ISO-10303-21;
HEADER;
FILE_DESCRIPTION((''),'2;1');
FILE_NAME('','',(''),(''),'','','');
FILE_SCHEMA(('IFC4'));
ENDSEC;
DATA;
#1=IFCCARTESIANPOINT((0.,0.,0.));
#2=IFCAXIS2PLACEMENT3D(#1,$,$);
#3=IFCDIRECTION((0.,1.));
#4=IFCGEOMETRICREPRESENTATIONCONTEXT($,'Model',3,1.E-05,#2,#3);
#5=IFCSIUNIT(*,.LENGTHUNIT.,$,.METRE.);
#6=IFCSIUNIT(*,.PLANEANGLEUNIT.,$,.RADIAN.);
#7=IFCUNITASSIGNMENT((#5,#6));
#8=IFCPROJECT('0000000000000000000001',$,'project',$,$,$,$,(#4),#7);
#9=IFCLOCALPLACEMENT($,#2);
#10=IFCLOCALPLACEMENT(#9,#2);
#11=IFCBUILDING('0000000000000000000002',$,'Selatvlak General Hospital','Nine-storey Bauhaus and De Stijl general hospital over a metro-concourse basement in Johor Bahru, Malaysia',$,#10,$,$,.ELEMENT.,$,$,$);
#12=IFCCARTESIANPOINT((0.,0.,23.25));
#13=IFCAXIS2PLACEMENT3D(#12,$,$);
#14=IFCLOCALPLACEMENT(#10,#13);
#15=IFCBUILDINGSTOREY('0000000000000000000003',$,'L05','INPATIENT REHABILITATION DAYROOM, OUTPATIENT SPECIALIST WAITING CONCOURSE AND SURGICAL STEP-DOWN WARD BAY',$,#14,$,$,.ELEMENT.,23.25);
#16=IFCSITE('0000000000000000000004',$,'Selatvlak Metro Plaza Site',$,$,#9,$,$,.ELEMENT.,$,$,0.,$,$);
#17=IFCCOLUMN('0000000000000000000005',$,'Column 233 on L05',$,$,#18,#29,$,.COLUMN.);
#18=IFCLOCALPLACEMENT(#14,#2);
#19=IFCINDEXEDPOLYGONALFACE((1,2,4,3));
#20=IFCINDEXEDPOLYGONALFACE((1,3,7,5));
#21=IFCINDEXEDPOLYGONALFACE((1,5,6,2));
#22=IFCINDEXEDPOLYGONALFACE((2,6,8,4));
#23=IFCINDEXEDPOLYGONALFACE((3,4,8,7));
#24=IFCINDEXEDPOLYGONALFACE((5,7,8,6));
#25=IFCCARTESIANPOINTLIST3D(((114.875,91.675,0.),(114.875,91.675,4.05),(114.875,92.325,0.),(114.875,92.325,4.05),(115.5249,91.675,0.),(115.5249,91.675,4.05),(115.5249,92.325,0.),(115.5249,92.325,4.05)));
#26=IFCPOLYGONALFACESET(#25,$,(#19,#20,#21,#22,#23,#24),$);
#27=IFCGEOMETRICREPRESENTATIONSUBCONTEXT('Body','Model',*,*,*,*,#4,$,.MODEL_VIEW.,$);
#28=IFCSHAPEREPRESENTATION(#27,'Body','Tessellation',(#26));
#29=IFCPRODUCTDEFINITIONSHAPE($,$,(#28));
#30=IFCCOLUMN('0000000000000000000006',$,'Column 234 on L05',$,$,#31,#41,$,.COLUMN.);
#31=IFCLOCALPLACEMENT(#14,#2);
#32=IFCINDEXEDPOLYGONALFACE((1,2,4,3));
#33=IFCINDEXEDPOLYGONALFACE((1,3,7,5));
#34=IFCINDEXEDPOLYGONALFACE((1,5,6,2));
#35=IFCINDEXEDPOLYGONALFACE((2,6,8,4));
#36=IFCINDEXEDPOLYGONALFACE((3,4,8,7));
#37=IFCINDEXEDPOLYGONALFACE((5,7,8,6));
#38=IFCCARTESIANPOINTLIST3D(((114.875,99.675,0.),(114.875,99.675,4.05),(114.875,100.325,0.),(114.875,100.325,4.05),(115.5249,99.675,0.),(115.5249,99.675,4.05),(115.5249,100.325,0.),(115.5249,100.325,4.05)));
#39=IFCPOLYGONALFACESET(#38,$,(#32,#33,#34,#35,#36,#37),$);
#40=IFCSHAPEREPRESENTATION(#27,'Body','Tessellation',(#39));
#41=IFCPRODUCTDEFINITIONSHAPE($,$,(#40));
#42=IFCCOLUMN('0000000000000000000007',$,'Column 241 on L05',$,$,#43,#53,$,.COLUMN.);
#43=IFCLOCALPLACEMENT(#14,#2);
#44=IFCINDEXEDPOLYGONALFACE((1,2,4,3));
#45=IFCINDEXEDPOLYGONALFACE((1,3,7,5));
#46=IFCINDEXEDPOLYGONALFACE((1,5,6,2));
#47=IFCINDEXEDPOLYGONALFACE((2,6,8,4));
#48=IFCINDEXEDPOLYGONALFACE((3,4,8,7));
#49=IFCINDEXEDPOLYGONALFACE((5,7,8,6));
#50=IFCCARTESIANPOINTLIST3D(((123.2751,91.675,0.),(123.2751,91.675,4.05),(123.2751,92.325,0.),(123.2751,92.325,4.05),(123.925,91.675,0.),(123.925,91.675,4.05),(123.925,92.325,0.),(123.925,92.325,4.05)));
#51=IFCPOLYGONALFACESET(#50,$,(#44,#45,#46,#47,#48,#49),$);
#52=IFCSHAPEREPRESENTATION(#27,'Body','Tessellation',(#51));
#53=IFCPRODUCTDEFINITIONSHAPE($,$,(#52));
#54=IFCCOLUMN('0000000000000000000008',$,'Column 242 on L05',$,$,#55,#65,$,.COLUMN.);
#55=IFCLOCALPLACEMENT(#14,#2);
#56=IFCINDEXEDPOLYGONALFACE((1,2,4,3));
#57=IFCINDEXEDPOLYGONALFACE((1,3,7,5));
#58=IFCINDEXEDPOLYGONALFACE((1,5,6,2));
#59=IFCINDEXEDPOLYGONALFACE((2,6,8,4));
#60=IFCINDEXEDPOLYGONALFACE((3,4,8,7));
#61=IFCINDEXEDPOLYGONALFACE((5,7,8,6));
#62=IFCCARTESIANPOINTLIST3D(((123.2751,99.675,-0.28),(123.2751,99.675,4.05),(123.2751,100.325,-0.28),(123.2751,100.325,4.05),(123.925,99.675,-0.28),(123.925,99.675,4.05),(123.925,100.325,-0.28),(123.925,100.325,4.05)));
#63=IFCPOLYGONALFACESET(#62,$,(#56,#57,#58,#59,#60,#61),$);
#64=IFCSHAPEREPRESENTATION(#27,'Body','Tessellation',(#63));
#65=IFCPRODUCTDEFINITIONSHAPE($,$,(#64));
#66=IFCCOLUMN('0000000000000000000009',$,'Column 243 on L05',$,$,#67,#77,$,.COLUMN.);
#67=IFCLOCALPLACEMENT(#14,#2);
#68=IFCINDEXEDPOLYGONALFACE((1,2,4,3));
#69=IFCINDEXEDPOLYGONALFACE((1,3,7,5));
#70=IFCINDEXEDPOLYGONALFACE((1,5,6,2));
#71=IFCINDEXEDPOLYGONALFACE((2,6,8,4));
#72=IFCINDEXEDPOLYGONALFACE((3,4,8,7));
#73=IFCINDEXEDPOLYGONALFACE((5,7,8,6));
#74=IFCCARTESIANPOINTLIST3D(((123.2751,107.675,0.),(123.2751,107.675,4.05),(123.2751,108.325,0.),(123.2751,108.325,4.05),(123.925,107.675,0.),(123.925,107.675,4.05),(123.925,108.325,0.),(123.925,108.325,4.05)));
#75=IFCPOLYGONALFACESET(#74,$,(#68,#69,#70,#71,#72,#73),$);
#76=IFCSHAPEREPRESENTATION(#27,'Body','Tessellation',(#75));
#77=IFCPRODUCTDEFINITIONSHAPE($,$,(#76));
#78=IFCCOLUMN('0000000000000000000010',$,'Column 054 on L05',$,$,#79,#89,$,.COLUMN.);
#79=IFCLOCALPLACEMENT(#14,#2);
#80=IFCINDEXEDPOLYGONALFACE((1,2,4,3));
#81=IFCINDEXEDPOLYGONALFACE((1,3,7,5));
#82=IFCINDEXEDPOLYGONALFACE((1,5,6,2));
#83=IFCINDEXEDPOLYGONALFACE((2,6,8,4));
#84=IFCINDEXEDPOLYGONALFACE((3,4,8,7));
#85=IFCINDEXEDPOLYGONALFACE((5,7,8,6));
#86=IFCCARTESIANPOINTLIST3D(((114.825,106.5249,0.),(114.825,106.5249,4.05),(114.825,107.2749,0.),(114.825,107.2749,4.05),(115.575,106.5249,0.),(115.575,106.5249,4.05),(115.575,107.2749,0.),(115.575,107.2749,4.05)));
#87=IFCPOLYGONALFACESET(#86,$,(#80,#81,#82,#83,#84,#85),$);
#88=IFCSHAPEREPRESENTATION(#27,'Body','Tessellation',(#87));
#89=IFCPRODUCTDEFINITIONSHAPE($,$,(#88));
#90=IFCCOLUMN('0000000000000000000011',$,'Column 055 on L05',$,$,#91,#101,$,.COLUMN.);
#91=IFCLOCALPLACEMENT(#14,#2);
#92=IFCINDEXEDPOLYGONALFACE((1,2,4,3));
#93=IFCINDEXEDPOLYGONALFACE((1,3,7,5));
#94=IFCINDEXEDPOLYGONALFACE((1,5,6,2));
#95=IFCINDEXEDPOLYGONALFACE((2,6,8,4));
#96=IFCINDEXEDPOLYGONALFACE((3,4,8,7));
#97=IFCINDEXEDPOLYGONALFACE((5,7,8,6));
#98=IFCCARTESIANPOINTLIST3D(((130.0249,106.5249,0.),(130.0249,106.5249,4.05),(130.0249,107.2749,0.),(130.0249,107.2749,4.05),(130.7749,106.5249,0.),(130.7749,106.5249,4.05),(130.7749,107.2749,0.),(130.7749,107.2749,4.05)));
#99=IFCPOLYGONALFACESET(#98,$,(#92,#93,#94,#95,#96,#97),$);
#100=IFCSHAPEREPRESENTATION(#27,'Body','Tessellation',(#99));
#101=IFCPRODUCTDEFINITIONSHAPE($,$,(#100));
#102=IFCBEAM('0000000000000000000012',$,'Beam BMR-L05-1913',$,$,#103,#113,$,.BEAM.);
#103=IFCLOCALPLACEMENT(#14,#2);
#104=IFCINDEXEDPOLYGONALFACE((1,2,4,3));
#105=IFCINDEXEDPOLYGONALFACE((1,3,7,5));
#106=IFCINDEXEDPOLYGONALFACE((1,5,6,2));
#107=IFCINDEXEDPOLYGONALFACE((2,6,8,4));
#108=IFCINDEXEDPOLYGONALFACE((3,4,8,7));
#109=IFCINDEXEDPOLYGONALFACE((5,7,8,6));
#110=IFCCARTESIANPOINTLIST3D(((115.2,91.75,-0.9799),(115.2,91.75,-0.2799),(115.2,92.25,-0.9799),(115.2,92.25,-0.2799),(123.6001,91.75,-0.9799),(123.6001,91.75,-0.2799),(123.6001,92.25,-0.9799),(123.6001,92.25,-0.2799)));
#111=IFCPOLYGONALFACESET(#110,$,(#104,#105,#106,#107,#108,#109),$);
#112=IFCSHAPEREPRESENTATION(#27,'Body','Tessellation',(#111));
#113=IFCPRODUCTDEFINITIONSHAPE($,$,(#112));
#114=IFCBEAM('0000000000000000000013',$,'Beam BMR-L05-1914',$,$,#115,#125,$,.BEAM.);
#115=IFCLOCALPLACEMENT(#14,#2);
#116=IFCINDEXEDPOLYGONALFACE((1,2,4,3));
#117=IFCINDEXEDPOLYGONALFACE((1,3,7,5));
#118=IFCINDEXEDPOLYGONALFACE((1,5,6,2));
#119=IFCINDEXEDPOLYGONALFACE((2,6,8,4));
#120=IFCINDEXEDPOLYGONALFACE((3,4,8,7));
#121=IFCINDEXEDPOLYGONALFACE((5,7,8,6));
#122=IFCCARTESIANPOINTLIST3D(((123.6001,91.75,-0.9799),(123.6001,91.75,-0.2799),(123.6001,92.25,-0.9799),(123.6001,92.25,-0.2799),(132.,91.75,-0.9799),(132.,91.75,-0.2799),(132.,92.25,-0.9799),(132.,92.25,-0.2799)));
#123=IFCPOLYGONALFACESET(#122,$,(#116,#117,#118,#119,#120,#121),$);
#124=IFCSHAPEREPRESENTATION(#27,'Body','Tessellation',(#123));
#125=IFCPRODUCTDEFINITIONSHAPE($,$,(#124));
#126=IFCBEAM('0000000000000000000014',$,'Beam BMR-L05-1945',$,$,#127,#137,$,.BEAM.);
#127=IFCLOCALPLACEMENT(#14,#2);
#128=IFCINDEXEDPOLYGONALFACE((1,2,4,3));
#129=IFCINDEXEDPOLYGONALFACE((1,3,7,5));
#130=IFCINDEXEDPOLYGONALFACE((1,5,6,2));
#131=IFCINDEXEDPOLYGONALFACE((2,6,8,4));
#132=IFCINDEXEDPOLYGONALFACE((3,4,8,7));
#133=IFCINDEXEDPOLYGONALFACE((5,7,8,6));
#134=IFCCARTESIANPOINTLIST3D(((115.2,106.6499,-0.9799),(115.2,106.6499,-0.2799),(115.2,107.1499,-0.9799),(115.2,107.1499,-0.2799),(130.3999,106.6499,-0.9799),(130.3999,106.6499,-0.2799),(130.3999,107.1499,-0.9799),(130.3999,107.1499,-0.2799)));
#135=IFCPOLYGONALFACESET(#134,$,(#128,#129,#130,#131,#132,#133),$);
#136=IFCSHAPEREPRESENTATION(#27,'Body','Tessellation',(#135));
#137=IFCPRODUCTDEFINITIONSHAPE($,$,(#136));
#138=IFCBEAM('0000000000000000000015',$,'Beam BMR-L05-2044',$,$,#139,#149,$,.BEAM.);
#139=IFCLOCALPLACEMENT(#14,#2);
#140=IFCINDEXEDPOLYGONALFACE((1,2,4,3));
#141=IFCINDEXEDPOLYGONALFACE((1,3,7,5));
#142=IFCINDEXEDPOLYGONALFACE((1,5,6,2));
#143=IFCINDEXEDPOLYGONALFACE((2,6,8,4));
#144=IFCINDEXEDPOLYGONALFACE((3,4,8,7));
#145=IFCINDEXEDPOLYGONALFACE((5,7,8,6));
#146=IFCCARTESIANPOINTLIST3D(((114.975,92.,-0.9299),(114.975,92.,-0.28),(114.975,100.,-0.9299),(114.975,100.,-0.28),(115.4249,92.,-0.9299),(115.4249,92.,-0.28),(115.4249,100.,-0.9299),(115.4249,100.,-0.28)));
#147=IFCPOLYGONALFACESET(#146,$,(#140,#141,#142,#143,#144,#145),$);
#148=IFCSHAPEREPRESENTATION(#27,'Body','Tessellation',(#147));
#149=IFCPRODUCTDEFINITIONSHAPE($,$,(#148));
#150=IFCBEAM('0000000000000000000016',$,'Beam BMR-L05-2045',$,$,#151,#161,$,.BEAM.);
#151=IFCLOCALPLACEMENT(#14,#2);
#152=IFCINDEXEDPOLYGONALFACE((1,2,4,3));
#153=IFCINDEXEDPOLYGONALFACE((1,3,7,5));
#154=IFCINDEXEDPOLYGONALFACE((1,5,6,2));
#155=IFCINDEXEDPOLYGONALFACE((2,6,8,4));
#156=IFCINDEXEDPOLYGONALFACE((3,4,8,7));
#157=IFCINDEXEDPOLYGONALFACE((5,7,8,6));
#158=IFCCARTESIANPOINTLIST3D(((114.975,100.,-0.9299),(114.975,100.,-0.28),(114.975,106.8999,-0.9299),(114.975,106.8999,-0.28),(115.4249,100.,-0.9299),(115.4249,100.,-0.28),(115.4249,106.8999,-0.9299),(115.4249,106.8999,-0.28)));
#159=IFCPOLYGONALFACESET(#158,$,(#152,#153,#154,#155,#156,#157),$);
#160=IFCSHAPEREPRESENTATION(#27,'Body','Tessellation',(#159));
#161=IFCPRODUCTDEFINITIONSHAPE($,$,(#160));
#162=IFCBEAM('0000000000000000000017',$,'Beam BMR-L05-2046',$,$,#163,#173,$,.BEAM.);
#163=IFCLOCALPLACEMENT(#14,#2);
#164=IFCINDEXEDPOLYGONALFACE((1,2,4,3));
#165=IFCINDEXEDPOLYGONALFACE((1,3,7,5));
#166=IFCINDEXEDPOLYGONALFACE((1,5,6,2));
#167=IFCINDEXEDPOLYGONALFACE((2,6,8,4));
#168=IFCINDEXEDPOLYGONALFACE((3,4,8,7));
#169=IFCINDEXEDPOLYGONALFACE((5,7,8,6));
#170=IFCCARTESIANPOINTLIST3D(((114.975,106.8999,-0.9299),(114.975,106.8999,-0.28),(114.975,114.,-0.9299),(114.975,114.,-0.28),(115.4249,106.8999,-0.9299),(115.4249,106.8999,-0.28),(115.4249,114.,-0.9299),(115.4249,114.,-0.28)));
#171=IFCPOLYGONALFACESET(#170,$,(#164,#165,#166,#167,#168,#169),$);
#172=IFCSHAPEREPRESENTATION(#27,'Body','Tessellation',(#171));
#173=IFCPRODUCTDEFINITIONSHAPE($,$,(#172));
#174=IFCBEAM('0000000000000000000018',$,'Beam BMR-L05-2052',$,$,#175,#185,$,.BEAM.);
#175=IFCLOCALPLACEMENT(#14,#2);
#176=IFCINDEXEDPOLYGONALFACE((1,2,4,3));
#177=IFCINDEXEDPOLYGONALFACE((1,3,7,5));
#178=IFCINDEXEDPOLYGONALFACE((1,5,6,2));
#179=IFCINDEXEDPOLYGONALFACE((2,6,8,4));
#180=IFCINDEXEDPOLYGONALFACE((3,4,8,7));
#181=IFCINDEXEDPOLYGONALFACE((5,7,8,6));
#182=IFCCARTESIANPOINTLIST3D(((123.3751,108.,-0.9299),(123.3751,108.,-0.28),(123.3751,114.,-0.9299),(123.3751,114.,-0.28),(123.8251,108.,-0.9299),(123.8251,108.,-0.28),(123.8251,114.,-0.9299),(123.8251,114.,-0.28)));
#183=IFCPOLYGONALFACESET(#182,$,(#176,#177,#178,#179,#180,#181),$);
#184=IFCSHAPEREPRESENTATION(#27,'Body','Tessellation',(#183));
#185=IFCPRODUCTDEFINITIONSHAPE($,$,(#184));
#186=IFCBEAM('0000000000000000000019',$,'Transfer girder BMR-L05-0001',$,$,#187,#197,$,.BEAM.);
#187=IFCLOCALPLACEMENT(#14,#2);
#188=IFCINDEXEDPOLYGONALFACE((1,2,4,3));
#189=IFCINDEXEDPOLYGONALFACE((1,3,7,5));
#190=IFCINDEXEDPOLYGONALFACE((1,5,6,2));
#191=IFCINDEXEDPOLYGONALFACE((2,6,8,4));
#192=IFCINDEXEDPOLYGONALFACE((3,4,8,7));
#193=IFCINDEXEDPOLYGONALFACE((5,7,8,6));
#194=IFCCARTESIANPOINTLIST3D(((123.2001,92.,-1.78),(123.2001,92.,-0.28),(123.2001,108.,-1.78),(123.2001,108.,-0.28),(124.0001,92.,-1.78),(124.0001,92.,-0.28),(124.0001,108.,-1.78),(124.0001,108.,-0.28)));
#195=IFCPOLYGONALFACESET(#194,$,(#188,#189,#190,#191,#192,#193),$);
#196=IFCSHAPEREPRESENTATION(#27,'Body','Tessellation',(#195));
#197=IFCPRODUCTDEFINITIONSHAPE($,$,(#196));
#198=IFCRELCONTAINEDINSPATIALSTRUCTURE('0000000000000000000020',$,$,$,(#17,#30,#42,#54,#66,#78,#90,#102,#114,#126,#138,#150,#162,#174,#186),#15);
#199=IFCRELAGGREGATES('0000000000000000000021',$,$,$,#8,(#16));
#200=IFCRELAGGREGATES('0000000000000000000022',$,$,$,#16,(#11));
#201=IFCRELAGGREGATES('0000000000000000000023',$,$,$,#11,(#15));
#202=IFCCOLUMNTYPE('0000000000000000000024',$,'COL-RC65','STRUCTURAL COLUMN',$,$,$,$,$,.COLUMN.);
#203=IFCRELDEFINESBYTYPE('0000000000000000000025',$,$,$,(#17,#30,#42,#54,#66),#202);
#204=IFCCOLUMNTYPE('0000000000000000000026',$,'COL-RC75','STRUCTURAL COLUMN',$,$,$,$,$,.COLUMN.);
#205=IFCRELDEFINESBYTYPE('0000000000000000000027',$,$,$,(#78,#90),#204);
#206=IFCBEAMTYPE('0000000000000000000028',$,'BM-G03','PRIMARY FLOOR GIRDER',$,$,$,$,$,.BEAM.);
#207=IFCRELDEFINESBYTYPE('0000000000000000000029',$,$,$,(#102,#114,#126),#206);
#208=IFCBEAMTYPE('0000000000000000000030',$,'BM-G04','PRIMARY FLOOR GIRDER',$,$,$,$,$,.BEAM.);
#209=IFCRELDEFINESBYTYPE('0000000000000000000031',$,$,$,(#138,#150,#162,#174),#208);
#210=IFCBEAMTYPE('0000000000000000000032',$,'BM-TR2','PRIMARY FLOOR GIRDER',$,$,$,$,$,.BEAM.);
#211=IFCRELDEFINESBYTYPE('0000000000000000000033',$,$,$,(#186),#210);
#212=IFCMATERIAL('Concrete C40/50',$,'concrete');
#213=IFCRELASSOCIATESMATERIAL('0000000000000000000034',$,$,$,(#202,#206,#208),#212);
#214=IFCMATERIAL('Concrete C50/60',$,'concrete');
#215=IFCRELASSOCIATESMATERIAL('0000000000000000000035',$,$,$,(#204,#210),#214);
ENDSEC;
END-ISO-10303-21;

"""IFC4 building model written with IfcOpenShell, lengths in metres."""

from ifc_helpers import new_model, si_unit, direction, frame, origin, origin_2d, place, context, subcontext, project, spatial, rectangle, extrude, material, material_profile, profile_set, type_object, element, save


model = new_model("IFC4")

# Units and contexts
model_context = context("Model", 3, precision=1e-05, world=origin(), true_north=direction((0.0, 1.0)))
body_context = subcontext(model_context, "Body", "Model", "MODEL_VIEW")
ifc_project = project(units=[si_unit("LENGTHUNIT", "METRE"), si_unit("PLANEANGLEUNIT", "RADIAN")], contexts=[model_context])

# Site, building, storey
site_placement = place(None, origin())
site = spatial("IfcSite", under=ifc_project, at=site_placement, Name="Selatvlak Metro Plaza Site", CompositionType="ELEMENT", RefElevation=0.0)
building_placement = place(site_placement, origin())
building = spatial("IfcBuilding", under=site, at=building_placement, Name="Selatvlak General Hospital", Description="Nine-storey Bauhaus and De Stijl general hospital over a metro-concourse basement in Johor Bahru, Malaysia", CompositionType="ELEMENT")
storey_placement = place(building_placement, frame((0.0, 0.0, 23.25)))
storey = spatial("IfcBuildingStorey", under=building, at=storey_placement, Name="L05", Description="INPATIENT REHABILITATION DAYROOM, OUTPATIENT SPECIALIST WAITING CONCOURSE AND SURGICAL STEP-DOWN WARD BAY", CompositionType="ELEMENT", Elevation=23.25)

# Columns
ifc_material_1 = material(Name="Concrete C40/50", Category="concrete")
ifc_material_profile_1 = material_profile(ifc_material_1, rectangle(XDim=0.6499, YDim=0.6499, at=origin_2d()), Name="RC-COL 650x650")
ifc_profile_set_1 = profile_set([ifc_material_profile_1], Name="Concrete C40/50")
column_type_1 = type_object("IfcColumnType", Name="COL-RC65", Description="STRUCTURAL COLUMN", PredefinedType="COLUMN", material=ifc_profile_set_1)
for number, where, z_axis, x_axis, name in (
    (1, (115.2, 92.0, 0.0), (0.0, 0.0, 1.0), (1.0, 0.0, 0.0), "Column 233 on L05"),
    (2, (115.2, 100.0, 0.0), (0.0, 0.0, 1.0), (1.0, 0.0, 0.0), "Column 234 on L05"),
    (3, (123.6001, 92.0, 0.0), (0.0, 0.0, 1.0), (1.0, 0.0, 0.0), "Column 241 on L05"),
):
    element("IfcColumn", number, at=place(storey_placement, frame(where, z_axis=z_axis, x_axis=x_axis)), inside=storey, type_object=column_type_1, Name=name, PredefinedType="COLUMN", context=body_context, shape_type="SweptSolid", body=[
        extrude(rectangle(XDim=0.6499, YDim=0.6499, at=origin_2d()), origin(), (0.0, 0.0, 1.0), 4.05),
    ])
column_1_placement = place(storey_placement, frame((123.6001, 100.0, -0.28), z_axis=(0.0, 0.0, 1.0), x_axis=(1.0, 0.0, 0.0)))
element("IfcColumn", 4, at=column_1_placement, inside=storey, type_object=column_type_1, Name="Column 242 on L05", PredefinedType="COLUMN", context=body_context, shape_type="SweptSolid", body=[
    extrude(rectangle(XDim=0.6499, YDim=0.6499, at=origin_2d()), origin(), (0.0, 0.0, 1.0), 4.3301),
])
column_2_placement = place(storey_placement, frame((123.6001, 108.0, 0.0), z_axis=(0.0, 0.0, 1.0), x_axis=(1.0, 0.0, 0.0)))
element("IfcColumn", 5, at=column_2_placement, inside=storey, type_object=column_type_1, Name="Column 243 on L05", PredefinedType="COLUMN", context=body_context, shape_type="SweptSolid", body=[
    extrude(rectangle(XDim=0.6499, YDim=0.6499, at=origin_2d()), origin(), (0.0, 0.0, 1.0), 4.05),
])
ifc_material_2 = material(Name="Concrete C50/60", Category="concrete")
ifc_material_profile_2 = material_profile(ifc_material_2, rectangle(XDim=0.75, YDim=0.75, at=origin_2d()), Name="RC-COL 750x750")
ifc_profile_set_2 = profile_set([ifc_material_profile_2], Name="Concrete C50/60")
column_type_2 = type_object("IfcColumnType", Name="COL-RC75", Description="STRUCTURAL COLUMN", PredefinedType="COLUMN", material=ifc_profile_set_2)
for number, where, z_axis, x_axis, name in (
    (6, (115.2, 106.8999, 0.0), (0.0, 0.0, 1.0), (1.0, 0.0, 0.0), "Column 054 on L05"),
    (7, (130.3999, 106.8999, 0.0), (0.0, 0.0, 1.0), (1.0, 0.0, 0.0), "Column 055 on L05"),
):
    element("IfcColumn", number, at=place(storey_placement, frame(where, z_axis=z_axis, x_axis=x_axis)), inside=storey, type_object=column_type_2, Name=name, PredefinedType="COLUMN", context=body_context, shape_type="SweptSolid", body=[
        extrude(rectangle(XDim=0.75, YDim=0.75, at=origin_2d()), origin(), (0.0, 0.0, 1.0), 4.05),
    ])

# Beams
ifc_material_profile_3 = material_profile(ifc_material_1, rectangle(XDim=0.5, YDim=0.7, at=origin_2d()), Name="RC-BM 500x700")
ifc_profile_set_3 = profile_set([ifc_material_profile_3], Name="Concrete C40/50")
beam_type_1 = type_object("IfcBeamType", Name="BM-G03", Description="PRIMARY FLOOR GIRDER", PredefinedType="BEAM", material=ifc_profile_set_3)
beam_1_placement = place(storey_placement, frame((115.2, 92.0, -0.6299), z_axis=(1.0, 0.0, 0.0), x_axis=(0.0, 1.0, 0.0)))
element("IfcBeam", 8, at=beam_1_placement, inside=storey, type_object=beam_type_1, Name="Beam BMR-L05-1913", PredefinedType="BEAM", context=body_context, shape_type="SweptSolid", body=[
    extrude(rectangle(XDim=0.5, YDim=0.7, at=origin_2d()), origin(), (0.0, 0.0, 1.0), 8.4001),
])
beam_2_placement = place(storey_placement, frame((123.6001, 92.0, -0.6299), z_axis=(1.0, 0.0, 0.0), x_axis=(0.0, 1.0, 0.0)))
element("IfcBeam", 9, at=beam_2_placement, inside=storey, type_object=beam_type_1, Name="Beam BMR-L05-1914", PredefinedType="BEAM", context=body_context, shape_type="SweptSolid", body=[
    extrude(rectangle(XDim=0.5, YDim=0.7, at=origin_2d()), origin(), (0.0, 0.0, 1.0), 8.3999),
])
beam_3_placement = place(storey_placement, frame((115.2, 106.8999, -0.6299), z_axis=(1.0, 0.0, 0.0), x_axis=(0.0, 1.0, 0.0)))
element("IfcBeam", 10, at=beam_3_placement, inside=storey, type_object=beam_type_1, Name="Beam BMR-L05-1945", PredefinedType="BEAM", context=body_context, shape_type="SweptSolid", body=[
    extrude(rectangle(XDim=0.5, YDim=0.7, at=origin_2d()), origin(), (0.0, 0.0, 1.0), 15.2),
])
ifc_material_profile_4 = material_profile(ifc_material_1, rectangle(XDim=0.45, YDim=0.6499, at=origin_2d()), Name="RC-BM 450x650")
ifc_profile_set_4 = profile_set([ifc_material_profile_4], Name="Concrete C40/50")
beam_type_2 = type_object("IfcBeamType", Name="BM-G04", Description="PRIMARY FLOOR GIRDER", PredefinedType="BEAM", material=ifc_profile_set_4)
beam_4_placement = place(storey_placement, frame((115.2, 92.0, -0.605), z_axis=(0.0, 1.0, 0.0), x_axis=(-1.0, 0.0, 0.0)))
element("IfcBeam", 11, at=beam_4_placement, inside=storey, type_object=beam_type_2, Name="Beam BMR-L05-2044", PredefinedType="BEAM", context=body_context, shape_type="SweptSolid", body=[
    extrude(rectangle(XDim=0.45, YDim=0.6499, at=origin_2d()), origin(), (0.0, 0.0, 1.0), 8.0),
])
beam_5_placement = place(storey_placement, frame((115.2, 100.0, -0.605), z_axis=(0.0, 1.0, 0.0), x_axis=(-1.0, 0.0, 0.0)))
element("IfcBeam", 12, at=beam_5_placement, inside=storey, type_object=beam_type_2, Name="Beam BMR-L05-2045", PredefinedType="BEAM", context=body_context, shape_type="SweptSolid", body=[
    extrude(rectangle(XDim=0.45, YDim=0.6499, at=origin_2d()), origin(), (0.0, 0.0, 1.0), 6.8999),
])
beam_6_placement = place(storey_placement, frame((115.2, 106.8999, -0.605), z_axis=(0.0, 1.0, 0.0), x_axis=(-1.0, 0.0, 0.0)))
element("IfcBeam", 13, at=beam_6_placement, inside=storey, type_object=beam_type_2, Name="Beam BMR-L05-2046", PredefinedType="BEAM", context=body_context, shape_type="SweptSolid", body=[
    extrude(rectangle(XDim=0.45, YDim=0.6499, at=origin_2d()), origin(), (0.0, 0.0, 1.0), 7.1001),
])
beam_7_placement = place(storey_placement, frame((123.6001, 108.0, -0.605), z_axis=(0.0, 1.0, 0.0), x_axis=(-1.0, 0.0, 0.0)))
element("IfcBeam", 14, at=beam_7_placement, inside=storey, type_object=beam_type_2, Name="Beam BMR-L05-2052", PredefinedType="BEAM", context=body_context, shape_type="SweptSolid", body=[
    extrude(rectangle(XDim=0.45, YDim=0.6499, at=origin_2d()), origin(), (0.0, 0.0, 1.0), 6.0),
])
ifc_material_profile_5 = material_profile(ifc_material_2, rectangle(XDim=0.8, YDim=1.5, at=origin_2d()), Name="RC-BM 800x1500")
ifc_profile_set_5 = profile_set([ifc_material_profile_5], Name="Concrete C50/60")
beam_type_3 = type_object("IfcBeamType", Name="BM-TR2", Description="PRIMARY FLOOR GIRDER", PredefinedType="BEAM", material=ifc_profile_set_5)
beam_8_placement = place(storey_placement, frame((123.6001, 92.0, -1.03), z_axis=(0.0, 1.0, 0.0), x_axis=(-1.0, 0.0, 0.0)))
element("IfcBeam", 15, at=beam_8_placement, inside=storey, type_object=beam_type_3, Name="Transfer girder BMR-L05-0001", PredefinedType="BEAM", context=body_context, shape_type="SweptSolid", body=[
    extrude(rectangle(XDim=0.8, YDim=1.5, at=origin_2d()), origin(), (0.0, 0.0, 1.0), 16.0),
])

save(model, "model.ifc")
